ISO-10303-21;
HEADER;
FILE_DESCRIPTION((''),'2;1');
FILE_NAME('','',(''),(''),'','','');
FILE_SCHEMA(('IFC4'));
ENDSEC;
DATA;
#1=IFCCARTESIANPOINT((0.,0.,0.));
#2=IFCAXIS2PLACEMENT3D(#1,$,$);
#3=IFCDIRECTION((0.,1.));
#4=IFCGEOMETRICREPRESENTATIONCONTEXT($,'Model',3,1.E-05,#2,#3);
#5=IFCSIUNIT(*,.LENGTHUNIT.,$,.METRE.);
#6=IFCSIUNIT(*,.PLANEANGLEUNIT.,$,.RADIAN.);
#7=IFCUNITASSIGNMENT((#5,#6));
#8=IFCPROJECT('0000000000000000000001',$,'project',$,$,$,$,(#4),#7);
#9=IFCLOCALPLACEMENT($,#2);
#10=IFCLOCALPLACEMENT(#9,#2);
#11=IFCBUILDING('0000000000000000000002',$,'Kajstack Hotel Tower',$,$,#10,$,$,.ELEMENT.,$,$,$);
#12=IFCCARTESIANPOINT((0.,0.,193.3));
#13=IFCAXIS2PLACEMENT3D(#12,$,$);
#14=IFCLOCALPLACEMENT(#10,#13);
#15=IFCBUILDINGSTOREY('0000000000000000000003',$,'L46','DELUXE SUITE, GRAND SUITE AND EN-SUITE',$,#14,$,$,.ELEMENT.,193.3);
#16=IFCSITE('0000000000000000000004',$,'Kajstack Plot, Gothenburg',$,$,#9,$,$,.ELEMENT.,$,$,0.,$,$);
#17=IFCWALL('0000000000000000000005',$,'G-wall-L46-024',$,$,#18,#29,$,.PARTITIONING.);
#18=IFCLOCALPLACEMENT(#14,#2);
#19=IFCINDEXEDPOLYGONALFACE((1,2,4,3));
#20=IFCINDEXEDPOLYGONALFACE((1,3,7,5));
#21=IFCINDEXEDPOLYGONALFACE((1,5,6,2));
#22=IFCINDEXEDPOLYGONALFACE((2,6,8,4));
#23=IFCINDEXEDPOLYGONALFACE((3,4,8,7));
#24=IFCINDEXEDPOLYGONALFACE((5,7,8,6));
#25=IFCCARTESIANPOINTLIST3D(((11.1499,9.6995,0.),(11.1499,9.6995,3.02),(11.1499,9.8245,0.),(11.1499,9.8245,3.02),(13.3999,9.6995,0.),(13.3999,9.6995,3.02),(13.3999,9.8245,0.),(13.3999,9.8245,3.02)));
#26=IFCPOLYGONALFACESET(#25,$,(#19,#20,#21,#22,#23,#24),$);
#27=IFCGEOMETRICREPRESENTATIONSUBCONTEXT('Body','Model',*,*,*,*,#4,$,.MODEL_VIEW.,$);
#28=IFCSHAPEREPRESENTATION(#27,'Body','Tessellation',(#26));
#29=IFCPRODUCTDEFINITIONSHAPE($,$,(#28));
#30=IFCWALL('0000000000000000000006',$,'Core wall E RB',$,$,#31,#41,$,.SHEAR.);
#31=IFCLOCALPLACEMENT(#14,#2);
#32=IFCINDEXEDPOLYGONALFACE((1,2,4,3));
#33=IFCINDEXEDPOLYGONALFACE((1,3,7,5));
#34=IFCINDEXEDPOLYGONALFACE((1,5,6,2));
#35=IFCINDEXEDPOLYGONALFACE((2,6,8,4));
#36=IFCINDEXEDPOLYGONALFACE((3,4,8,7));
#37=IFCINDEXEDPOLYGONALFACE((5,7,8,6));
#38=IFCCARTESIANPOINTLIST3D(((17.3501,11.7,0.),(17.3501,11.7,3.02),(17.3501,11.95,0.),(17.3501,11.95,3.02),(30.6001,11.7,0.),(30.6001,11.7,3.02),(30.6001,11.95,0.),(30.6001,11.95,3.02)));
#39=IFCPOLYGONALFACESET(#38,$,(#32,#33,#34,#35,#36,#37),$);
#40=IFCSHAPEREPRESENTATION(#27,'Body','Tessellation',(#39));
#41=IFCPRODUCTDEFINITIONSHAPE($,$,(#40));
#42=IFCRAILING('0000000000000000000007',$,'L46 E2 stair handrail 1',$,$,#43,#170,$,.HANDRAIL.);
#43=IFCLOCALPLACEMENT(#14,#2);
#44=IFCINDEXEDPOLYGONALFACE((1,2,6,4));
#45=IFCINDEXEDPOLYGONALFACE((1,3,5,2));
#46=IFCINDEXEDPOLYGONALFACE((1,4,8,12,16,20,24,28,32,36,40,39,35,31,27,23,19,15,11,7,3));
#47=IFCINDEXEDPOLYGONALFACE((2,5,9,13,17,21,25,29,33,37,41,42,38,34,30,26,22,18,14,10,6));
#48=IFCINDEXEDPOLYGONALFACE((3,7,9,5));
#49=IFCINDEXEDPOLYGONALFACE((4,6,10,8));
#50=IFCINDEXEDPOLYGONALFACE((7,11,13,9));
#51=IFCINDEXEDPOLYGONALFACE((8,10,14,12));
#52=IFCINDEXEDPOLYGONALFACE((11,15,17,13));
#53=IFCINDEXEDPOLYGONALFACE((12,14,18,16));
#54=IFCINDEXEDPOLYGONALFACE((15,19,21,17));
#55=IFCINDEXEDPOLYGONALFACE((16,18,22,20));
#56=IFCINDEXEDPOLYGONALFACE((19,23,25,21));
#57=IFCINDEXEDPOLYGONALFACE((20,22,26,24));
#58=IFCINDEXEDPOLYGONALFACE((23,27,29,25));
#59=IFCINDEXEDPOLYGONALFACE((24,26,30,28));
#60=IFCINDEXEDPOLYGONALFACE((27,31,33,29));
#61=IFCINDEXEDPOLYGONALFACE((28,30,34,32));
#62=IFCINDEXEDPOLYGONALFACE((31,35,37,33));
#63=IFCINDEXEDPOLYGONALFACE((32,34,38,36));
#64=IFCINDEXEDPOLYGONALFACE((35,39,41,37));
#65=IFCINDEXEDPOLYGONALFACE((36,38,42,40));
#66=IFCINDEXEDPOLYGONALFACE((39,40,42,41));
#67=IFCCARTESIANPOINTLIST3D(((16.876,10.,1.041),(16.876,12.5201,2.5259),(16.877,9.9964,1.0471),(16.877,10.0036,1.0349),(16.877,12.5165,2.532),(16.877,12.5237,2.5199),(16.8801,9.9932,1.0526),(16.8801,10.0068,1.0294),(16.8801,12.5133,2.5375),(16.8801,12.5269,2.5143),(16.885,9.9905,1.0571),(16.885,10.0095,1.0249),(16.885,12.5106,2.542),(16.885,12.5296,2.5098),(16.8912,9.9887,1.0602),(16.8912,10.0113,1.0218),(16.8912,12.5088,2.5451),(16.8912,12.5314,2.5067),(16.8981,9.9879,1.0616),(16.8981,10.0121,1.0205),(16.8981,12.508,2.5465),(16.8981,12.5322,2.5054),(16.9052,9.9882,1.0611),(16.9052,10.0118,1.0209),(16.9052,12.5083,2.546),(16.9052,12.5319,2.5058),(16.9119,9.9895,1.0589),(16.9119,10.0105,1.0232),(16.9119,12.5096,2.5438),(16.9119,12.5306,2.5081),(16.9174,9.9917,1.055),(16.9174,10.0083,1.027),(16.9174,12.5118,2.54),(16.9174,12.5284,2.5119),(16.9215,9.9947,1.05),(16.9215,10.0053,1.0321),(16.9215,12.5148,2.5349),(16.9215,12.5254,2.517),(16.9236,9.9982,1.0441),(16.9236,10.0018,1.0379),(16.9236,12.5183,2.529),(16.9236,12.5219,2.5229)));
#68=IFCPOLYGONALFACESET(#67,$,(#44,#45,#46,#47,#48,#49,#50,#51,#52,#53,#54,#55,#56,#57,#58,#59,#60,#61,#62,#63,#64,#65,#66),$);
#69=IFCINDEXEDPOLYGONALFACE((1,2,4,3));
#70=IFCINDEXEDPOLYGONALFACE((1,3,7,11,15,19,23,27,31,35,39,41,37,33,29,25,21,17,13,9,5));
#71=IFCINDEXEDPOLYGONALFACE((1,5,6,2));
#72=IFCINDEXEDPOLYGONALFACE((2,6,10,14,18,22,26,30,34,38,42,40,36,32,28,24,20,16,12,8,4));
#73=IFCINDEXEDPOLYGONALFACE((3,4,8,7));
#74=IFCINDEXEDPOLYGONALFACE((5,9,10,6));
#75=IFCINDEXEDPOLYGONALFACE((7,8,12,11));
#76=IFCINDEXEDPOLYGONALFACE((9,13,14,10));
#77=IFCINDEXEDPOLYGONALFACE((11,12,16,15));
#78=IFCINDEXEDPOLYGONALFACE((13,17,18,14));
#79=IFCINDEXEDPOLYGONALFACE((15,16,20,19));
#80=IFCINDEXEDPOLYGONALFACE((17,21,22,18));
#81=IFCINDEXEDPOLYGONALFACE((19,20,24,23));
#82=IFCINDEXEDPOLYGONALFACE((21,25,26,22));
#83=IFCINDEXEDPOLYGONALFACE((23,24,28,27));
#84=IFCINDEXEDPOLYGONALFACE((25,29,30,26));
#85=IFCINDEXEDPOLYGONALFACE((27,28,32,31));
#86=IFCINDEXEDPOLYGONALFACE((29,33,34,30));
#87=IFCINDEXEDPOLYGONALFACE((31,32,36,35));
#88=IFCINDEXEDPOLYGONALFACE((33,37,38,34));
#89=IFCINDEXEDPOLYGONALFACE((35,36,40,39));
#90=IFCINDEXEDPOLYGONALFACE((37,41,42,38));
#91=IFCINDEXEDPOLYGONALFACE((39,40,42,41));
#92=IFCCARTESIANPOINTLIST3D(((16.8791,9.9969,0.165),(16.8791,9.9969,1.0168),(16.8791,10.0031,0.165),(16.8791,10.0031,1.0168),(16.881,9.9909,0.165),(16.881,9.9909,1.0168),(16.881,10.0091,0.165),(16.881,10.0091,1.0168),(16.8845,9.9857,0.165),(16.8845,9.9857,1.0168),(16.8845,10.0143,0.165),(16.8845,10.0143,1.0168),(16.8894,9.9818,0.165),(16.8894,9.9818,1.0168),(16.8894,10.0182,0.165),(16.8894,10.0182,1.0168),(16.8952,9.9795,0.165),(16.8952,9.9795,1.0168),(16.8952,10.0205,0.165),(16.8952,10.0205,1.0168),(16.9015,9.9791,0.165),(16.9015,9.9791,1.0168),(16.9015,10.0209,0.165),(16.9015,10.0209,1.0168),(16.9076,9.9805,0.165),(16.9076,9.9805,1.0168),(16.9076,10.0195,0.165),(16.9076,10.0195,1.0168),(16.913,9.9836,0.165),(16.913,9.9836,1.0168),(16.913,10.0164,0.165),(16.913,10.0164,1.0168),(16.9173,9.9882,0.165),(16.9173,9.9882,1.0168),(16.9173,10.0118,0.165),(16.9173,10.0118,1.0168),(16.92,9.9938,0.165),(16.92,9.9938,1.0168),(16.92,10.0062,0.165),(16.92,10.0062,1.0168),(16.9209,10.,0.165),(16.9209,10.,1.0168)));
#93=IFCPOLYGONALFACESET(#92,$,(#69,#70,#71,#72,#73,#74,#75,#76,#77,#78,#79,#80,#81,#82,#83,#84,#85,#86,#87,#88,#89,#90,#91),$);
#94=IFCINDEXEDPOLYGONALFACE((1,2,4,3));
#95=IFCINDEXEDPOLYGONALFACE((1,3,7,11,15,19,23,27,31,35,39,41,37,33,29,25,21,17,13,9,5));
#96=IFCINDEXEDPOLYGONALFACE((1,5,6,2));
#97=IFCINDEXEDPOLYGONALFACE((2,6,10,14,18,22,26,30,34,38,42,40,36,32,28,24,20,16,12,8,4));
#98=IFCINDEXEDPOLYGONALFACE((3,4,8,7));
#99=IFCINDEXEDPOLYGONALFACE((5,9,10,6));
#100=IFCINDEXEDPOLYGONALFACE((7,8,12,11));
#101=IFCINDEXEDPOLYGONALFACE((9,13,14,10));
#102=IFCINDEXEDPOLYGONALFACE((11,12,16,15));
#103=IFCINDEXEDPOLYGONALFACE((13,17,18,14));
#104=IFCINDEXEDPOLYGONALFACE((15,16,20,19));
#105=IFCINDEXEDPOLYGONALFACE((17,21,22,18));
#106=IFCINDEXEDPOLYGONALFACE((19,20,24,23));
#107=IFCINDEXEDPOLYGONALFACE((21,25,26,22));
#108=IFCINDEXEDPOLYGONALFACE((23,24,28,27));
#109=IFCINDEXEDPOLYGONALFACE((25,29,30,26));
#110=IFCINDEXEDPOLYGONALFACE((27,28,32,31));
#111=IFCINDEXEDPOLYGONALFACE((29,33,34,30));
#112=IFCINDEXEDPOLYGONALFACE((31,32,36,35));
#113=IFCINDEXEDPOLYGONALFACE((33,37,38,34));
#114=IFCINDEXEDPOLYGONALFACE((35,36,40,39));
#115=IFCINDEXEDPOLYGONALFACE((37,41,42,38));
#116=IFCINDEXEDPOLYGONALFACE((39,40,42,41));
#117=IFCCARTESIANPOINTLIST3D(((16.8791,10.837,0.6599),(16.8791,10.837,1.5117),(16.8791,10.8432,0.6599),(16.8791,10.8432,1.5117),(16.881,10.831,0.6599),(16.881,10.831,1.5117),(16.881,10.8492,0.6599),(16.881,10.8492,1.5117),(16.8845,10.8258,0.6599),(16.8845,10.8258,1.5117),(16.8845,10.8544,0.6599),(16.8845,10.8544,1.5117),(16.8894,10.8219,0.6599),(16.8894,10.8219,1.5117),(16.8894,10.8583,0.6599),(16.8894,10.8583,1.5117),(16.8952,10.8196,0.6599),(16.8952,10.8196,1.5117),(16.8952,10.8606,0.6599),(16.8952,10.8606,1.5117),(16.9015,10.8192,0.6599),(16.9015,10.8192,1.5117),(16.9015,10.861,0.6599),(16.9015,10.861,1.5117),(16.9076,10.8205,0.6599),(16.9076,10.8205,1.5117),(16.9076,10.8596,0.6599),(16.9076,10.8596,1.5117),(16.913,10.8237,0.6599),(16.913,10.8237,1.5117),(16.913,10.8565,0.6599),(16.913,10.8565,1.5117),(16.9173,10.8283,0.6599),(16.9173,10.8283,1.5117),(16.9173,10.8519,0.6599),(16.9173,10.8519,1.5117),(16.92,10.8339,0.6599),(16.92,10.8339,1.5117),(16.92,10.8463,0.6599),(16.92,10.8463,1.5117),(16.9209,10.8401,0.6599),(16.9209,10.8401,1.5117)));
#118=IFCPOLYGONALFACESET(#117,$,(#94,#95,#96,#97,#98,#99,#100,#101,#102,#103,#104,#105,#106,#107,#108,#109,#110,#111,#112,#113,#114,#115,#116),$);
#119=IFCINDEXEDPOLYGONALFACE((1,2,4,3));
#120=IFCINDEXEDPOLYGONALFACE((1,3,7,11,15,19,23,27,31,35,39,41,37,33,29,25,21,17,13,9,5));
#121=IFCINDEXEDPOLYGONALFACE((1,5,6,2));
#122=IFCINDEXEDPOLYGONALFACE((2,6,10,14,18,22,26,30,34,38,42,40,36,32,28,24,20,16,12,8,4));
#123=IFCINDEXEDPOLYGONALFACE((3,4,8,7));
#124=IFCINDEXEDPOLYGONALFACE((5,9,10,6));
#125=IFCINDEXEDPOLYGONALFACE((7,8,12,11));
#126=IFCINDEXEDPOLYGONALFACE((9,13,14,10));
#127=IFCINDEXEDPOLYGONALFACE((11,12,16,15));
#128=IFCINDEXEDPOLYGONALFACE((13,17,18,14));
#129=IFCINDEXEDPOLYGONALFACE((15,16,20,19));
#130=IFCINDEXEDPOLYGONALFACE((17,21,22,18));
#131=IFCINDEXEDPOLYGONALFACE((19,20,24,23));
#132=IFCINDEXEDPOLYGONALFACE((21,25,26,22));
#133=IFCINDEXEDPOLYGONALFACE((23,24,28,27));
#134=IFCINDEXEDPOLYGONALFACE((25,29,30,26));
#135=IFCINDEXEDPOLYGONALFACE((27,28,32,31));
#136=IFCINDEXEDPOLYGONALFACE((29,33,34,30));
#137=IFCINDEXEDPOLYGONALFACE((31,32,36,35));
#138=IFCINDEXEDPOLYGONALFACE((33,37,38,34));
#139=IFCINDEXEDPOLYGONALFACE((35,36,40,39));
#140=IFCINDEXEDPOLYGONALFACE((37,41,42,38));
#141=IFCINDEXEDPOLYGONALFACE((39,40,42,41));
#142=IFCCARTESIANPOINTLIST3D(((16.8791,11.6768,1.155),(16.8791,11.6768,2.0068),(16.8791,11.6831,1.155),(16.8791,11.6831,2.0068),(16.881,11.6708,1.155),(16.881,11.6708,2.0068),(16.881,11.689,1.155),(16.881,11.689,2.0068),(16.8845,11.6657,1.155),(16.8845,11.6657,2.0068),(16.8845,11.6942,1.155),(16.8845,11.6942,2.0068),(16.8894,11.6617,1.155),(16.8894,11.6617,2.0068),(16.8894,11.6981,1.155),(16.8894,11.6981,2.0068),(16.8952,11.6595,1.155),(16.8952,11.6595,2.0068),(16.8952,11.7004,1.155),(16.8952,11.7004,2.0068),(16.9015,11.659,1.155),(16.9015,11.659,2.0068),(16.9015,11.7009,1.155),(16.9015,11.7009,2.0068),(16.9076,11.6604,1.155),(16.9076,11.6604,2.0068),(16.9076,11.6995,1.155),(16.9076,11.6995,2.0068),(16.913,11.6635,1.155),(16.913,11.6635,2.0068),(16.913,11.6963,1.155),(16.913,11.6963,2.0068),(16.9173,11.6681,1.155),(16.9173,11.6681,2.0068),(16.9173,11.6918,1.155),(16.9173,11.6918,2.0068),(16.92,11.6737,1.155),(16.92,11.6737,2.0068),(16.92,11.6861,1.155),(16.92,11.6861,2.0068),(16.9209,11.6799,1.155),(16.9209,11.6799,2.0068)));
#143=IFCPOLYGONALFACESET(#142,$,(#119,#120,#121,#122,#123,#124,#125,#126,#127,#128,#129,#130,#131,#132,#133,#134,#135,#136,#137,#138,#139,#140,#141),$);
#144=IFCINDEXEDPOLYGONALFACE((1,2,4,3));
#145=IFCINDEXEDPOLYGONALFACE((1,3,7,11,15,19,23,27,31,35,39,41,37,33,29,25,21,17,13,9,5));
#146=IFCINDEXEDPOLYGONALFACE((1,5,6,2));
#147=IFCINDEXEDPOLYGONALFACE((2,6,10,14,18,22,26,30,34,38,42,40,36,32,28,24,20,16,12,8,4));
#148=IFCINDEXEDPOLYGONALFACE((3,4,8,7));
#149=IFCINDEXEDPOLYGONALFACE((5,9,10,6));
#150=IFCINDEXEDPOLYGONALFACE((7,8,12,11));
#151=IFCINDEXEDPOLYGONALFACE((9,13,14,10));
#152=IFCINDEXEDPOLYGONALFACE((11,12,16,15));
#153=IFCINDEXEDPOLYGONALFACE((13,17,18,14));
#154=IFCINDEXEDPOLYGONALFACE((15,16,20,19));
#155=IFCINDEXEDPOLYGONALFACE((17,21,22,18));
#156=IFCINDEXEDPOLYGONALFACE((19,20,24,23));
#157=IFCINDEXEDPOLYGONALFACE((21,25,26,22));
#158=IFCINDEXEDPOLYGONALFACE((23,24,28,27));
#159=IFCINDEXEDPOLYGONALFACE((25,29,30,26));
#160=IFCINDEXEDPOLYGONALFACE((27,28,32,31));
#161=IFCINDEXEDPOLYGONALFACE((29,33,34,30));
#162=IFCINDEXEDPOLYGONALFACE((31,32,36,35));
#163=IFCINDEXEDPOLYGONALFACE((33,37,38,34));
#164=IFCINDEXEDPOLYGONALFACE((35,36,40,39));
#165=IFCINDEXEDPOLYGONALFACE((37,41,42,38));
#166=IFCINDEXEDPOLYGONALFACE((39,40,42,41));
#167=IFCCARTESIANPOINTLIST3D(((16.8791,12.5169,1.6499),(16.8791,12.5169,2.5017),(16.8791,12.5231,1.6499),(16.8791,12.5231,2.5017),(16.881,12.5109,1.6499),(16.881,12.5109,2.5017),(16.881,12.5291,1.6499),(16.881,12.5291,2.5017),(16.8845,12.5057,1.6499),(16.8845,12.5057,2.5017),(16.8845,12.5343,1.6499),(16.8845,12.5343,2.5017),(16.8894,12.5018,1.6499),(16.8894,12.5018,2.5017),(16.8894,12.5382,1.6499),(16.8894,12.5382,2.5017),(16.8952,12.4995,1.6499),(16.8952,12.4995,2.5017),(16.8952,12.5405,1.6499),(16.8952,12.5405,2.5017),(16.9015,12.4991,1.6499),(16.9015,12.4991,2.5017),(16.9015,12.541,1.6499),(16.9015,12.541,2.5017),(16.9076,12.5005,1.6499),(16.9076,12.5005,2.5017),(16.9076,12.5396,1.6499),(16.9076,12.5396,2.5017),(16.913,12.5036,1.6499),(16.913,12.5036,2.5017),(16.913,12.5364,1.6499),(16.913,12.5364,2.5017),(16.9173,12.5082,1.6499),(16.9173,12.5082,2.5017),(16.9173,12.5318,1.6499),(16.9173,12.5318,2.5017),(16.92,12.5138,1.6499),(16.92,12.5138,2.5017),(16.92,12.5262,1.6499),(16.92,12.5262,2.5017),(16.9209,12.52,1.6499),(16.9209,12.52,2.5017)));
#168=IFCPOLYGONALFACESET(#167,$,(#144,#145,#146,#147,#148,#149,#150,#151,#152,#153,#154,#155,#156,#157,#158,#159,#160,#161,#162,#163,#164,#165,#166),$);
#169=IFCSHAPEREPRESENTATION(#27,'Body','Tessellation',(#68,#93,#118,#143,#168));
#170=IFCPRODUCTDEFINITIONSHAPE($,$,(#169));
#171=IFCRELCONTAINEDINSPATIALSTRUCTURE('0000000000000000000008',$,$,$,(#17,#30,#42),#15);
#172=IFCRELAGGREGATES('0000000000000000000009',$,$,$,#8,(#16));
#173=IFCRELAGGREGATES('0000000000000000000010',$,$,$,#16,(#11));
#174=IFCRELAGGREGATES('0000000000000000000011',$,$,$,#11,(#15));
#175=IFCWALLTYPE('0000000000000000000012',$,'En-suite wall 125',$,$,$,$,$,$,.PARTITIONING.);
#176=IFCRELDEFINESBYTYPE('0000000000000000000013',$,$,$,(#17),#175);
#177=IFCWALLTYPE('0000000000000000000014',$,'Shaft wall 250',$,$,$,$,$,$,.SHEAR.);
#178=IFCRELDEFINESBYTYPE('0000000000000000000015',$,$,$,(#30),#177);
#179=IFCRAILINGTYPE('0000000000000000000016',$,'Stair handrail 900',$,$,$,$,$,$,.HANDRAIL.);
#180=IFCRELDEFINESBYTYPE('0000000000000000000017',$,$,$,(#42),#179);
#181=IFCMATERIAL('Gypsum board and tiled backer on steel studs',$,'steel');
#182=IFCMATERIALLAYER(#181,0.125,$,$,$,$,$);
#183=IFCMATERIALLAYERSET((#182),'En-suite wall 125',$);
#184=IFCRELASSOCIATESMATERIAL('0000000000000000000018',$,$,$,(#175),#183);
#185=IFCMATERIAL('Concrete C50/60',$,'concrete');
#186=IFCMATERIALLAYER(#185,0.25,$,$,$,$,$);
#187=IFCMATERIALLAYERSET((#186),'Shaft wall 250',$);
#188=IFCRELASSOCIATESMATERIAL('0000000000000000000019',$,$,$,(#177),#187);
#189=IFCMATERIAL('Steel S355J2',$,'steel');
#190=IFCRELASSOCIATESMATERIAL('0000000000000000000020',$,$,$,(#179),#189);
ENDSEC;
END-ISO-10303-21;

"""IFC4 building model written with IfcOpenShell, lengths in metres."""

from ifc_helpers import new_model, si_unit, direction, frame, frame_2d, origin, origin_2d, place, context, subcontext, project, spatial, rectangle, circle, extrude, material, layer, layer_set, type_object, element, save


model = new_model("IFC4")

# Units and contexts
model_context = context("Model", 3, precision=1e-05, world=origin(), true_north=direction((0.0, 1.0)))
body_context = subcontext(model_context, "Body", "Model", "MODEL_VIEW")
ifc_project = project(units=[si_unit("LENGTHUNIT", "METRE"), si_unit("PLANEANGLEUNIT", "RADIAN")], contexts=[model_context])

# Site, building, storey
site_placement = place(None, origin())
site = spatial("IfcSite", under=ifc_project, at=site_placement, Name="Kajstack Plot, Gothenburg", CompositionType="ELEMENT", RefElevation=0.0)
building_placement = place(site_placement, origin())
building = spatial("IfcBuilding", under=site, at=building_placement, Name="Kajstack Hotel Tower", CompositionType="ELEMENT")
storey_placement = place(building_placement, frame((0.0, 0.0, 193.3)))
storey = spatial("IfcBuildingStorey", under=building, at=storey_placement, Name="L46", Description="DELUXE SUITE, GRAND SUITE AND EN-SUITE", CompositionType="ELEMENT", Elevation=193.3)

# Walls
ifc_material_1 = material(Name="Gypsum board and tiled backer on steel studs", Category="steel")
ifc_layer_1 = layer(ifc_material_1, 0.125)
ifc_layer_set_1 = layer_set([ifc_layer_1], Name="En-suite wall 125")
wall_type_1 = type_object("IfcWallType", Name="En-suite wall 125", PredefinedType="PARTITIONING", material=ifc_layer_set_1)
wall_1_placement = place(storey_placement, frame((11.1499, 9.762, 0.0), z_axis=(0.0, 0.0, 1.0), x_axis=(1.0, 0.0, 0.0)))
element("IfcWall", 1, at=wall_1_placement, inside=storey, type_object=wall_type_1, Name="G-wall-L46-024", PredefinedType="PARTITIONING", context=body_context, shape_type="SweptSolid", body=[
    extrude(rectangle(XDim=2.25, YDim=0.125, at=frame_2d((1.125, 0.0))), origin(), (0.0, 0.0, 1.0), 3.02),
])
ifc_material_2 = material(Name="Concrete C50/60", Category="concrete")
ifc_layer_2 = layer(ifc_material_2, 0.25)
ifc_layer_set_2 = layer_set([ifc_layer_2], Name="Shaft wall 250")
wall_type_2 = type_object("IfcWallType", Name="Shaft wall 250", PredefinedType="SHEAR", material=ifc_layer_set_2)
wall_2_placement = place(storey_placement, frame((17.3501, 11.825, 0.0), z_axis=(0.0, 0.0, 1.0), x_axis=(1.0, 0.0, 0.0)))
element("IfcWall", 2, at=wall_2_placement, inside=storey, type_object=wall_type_2, Name="Core wall E RB", PredefinedType="SHEAR", context=body_context, shape_type="SweptSolid", body=[
    extrude(rectangle(XDim=13.25, YDim=0.25, at=frame_2d((6.625, 0.0))), origin(), (0.0, 0.0, 1.0), 3.02),
])

# Railing
ifc_material_3 = material(Name="Steel S355J2", Category="steel")
railing_type_1 = type_object("IfcRailingType", Name="Stair handrail 900", PredefinedType="HANDRAIL", material=ifc_material_3)
railing_1_placement = place(storey_placement, frame((16.8999, 10.0, 0.165)))
element("IfcRailing", 3, at=railing_1_placement, inside=storey, type_object=railing_type_1, Name="L46 E2 stair handrail 1", PredefinedType="HANDRAIL", context=body_context, shape_type="SweptSolid", body=[
    extrude(circle(Radius=0.0239, at=origin_2d()), frame((0.0, 0.0, 0.876), z_axis=(0.0, 0.861561, 0.507655), x_axis=(-1.0, 0.0, 0.0)), (0.0, 0.0, 1.0), 2.925),
    extrude(circle(Radius=0.021, at=origin_2d()), origin(), (0.0, 0.0, 1.0), 0.8518),
    extrude(circle(Radius=0.021, at=origin_2d()), frame((0.0, 0.8401, 0.4949)), (0.0, 0.0, 1.0), 0.8518),
    extrude(circle(Radius=0.021, at=origin_2d()), frame((0.0, 1.6799, 0.99)), (0.0, 0.0, 1.0), 0.8518),
    extrude(circle(Radius=0.021, at=origin_2d()), frame((0.0, 2.52, 1.4849)), (0.0, 0.0, 1.0), 0.8518),
])

save(model, "model.ifc")
